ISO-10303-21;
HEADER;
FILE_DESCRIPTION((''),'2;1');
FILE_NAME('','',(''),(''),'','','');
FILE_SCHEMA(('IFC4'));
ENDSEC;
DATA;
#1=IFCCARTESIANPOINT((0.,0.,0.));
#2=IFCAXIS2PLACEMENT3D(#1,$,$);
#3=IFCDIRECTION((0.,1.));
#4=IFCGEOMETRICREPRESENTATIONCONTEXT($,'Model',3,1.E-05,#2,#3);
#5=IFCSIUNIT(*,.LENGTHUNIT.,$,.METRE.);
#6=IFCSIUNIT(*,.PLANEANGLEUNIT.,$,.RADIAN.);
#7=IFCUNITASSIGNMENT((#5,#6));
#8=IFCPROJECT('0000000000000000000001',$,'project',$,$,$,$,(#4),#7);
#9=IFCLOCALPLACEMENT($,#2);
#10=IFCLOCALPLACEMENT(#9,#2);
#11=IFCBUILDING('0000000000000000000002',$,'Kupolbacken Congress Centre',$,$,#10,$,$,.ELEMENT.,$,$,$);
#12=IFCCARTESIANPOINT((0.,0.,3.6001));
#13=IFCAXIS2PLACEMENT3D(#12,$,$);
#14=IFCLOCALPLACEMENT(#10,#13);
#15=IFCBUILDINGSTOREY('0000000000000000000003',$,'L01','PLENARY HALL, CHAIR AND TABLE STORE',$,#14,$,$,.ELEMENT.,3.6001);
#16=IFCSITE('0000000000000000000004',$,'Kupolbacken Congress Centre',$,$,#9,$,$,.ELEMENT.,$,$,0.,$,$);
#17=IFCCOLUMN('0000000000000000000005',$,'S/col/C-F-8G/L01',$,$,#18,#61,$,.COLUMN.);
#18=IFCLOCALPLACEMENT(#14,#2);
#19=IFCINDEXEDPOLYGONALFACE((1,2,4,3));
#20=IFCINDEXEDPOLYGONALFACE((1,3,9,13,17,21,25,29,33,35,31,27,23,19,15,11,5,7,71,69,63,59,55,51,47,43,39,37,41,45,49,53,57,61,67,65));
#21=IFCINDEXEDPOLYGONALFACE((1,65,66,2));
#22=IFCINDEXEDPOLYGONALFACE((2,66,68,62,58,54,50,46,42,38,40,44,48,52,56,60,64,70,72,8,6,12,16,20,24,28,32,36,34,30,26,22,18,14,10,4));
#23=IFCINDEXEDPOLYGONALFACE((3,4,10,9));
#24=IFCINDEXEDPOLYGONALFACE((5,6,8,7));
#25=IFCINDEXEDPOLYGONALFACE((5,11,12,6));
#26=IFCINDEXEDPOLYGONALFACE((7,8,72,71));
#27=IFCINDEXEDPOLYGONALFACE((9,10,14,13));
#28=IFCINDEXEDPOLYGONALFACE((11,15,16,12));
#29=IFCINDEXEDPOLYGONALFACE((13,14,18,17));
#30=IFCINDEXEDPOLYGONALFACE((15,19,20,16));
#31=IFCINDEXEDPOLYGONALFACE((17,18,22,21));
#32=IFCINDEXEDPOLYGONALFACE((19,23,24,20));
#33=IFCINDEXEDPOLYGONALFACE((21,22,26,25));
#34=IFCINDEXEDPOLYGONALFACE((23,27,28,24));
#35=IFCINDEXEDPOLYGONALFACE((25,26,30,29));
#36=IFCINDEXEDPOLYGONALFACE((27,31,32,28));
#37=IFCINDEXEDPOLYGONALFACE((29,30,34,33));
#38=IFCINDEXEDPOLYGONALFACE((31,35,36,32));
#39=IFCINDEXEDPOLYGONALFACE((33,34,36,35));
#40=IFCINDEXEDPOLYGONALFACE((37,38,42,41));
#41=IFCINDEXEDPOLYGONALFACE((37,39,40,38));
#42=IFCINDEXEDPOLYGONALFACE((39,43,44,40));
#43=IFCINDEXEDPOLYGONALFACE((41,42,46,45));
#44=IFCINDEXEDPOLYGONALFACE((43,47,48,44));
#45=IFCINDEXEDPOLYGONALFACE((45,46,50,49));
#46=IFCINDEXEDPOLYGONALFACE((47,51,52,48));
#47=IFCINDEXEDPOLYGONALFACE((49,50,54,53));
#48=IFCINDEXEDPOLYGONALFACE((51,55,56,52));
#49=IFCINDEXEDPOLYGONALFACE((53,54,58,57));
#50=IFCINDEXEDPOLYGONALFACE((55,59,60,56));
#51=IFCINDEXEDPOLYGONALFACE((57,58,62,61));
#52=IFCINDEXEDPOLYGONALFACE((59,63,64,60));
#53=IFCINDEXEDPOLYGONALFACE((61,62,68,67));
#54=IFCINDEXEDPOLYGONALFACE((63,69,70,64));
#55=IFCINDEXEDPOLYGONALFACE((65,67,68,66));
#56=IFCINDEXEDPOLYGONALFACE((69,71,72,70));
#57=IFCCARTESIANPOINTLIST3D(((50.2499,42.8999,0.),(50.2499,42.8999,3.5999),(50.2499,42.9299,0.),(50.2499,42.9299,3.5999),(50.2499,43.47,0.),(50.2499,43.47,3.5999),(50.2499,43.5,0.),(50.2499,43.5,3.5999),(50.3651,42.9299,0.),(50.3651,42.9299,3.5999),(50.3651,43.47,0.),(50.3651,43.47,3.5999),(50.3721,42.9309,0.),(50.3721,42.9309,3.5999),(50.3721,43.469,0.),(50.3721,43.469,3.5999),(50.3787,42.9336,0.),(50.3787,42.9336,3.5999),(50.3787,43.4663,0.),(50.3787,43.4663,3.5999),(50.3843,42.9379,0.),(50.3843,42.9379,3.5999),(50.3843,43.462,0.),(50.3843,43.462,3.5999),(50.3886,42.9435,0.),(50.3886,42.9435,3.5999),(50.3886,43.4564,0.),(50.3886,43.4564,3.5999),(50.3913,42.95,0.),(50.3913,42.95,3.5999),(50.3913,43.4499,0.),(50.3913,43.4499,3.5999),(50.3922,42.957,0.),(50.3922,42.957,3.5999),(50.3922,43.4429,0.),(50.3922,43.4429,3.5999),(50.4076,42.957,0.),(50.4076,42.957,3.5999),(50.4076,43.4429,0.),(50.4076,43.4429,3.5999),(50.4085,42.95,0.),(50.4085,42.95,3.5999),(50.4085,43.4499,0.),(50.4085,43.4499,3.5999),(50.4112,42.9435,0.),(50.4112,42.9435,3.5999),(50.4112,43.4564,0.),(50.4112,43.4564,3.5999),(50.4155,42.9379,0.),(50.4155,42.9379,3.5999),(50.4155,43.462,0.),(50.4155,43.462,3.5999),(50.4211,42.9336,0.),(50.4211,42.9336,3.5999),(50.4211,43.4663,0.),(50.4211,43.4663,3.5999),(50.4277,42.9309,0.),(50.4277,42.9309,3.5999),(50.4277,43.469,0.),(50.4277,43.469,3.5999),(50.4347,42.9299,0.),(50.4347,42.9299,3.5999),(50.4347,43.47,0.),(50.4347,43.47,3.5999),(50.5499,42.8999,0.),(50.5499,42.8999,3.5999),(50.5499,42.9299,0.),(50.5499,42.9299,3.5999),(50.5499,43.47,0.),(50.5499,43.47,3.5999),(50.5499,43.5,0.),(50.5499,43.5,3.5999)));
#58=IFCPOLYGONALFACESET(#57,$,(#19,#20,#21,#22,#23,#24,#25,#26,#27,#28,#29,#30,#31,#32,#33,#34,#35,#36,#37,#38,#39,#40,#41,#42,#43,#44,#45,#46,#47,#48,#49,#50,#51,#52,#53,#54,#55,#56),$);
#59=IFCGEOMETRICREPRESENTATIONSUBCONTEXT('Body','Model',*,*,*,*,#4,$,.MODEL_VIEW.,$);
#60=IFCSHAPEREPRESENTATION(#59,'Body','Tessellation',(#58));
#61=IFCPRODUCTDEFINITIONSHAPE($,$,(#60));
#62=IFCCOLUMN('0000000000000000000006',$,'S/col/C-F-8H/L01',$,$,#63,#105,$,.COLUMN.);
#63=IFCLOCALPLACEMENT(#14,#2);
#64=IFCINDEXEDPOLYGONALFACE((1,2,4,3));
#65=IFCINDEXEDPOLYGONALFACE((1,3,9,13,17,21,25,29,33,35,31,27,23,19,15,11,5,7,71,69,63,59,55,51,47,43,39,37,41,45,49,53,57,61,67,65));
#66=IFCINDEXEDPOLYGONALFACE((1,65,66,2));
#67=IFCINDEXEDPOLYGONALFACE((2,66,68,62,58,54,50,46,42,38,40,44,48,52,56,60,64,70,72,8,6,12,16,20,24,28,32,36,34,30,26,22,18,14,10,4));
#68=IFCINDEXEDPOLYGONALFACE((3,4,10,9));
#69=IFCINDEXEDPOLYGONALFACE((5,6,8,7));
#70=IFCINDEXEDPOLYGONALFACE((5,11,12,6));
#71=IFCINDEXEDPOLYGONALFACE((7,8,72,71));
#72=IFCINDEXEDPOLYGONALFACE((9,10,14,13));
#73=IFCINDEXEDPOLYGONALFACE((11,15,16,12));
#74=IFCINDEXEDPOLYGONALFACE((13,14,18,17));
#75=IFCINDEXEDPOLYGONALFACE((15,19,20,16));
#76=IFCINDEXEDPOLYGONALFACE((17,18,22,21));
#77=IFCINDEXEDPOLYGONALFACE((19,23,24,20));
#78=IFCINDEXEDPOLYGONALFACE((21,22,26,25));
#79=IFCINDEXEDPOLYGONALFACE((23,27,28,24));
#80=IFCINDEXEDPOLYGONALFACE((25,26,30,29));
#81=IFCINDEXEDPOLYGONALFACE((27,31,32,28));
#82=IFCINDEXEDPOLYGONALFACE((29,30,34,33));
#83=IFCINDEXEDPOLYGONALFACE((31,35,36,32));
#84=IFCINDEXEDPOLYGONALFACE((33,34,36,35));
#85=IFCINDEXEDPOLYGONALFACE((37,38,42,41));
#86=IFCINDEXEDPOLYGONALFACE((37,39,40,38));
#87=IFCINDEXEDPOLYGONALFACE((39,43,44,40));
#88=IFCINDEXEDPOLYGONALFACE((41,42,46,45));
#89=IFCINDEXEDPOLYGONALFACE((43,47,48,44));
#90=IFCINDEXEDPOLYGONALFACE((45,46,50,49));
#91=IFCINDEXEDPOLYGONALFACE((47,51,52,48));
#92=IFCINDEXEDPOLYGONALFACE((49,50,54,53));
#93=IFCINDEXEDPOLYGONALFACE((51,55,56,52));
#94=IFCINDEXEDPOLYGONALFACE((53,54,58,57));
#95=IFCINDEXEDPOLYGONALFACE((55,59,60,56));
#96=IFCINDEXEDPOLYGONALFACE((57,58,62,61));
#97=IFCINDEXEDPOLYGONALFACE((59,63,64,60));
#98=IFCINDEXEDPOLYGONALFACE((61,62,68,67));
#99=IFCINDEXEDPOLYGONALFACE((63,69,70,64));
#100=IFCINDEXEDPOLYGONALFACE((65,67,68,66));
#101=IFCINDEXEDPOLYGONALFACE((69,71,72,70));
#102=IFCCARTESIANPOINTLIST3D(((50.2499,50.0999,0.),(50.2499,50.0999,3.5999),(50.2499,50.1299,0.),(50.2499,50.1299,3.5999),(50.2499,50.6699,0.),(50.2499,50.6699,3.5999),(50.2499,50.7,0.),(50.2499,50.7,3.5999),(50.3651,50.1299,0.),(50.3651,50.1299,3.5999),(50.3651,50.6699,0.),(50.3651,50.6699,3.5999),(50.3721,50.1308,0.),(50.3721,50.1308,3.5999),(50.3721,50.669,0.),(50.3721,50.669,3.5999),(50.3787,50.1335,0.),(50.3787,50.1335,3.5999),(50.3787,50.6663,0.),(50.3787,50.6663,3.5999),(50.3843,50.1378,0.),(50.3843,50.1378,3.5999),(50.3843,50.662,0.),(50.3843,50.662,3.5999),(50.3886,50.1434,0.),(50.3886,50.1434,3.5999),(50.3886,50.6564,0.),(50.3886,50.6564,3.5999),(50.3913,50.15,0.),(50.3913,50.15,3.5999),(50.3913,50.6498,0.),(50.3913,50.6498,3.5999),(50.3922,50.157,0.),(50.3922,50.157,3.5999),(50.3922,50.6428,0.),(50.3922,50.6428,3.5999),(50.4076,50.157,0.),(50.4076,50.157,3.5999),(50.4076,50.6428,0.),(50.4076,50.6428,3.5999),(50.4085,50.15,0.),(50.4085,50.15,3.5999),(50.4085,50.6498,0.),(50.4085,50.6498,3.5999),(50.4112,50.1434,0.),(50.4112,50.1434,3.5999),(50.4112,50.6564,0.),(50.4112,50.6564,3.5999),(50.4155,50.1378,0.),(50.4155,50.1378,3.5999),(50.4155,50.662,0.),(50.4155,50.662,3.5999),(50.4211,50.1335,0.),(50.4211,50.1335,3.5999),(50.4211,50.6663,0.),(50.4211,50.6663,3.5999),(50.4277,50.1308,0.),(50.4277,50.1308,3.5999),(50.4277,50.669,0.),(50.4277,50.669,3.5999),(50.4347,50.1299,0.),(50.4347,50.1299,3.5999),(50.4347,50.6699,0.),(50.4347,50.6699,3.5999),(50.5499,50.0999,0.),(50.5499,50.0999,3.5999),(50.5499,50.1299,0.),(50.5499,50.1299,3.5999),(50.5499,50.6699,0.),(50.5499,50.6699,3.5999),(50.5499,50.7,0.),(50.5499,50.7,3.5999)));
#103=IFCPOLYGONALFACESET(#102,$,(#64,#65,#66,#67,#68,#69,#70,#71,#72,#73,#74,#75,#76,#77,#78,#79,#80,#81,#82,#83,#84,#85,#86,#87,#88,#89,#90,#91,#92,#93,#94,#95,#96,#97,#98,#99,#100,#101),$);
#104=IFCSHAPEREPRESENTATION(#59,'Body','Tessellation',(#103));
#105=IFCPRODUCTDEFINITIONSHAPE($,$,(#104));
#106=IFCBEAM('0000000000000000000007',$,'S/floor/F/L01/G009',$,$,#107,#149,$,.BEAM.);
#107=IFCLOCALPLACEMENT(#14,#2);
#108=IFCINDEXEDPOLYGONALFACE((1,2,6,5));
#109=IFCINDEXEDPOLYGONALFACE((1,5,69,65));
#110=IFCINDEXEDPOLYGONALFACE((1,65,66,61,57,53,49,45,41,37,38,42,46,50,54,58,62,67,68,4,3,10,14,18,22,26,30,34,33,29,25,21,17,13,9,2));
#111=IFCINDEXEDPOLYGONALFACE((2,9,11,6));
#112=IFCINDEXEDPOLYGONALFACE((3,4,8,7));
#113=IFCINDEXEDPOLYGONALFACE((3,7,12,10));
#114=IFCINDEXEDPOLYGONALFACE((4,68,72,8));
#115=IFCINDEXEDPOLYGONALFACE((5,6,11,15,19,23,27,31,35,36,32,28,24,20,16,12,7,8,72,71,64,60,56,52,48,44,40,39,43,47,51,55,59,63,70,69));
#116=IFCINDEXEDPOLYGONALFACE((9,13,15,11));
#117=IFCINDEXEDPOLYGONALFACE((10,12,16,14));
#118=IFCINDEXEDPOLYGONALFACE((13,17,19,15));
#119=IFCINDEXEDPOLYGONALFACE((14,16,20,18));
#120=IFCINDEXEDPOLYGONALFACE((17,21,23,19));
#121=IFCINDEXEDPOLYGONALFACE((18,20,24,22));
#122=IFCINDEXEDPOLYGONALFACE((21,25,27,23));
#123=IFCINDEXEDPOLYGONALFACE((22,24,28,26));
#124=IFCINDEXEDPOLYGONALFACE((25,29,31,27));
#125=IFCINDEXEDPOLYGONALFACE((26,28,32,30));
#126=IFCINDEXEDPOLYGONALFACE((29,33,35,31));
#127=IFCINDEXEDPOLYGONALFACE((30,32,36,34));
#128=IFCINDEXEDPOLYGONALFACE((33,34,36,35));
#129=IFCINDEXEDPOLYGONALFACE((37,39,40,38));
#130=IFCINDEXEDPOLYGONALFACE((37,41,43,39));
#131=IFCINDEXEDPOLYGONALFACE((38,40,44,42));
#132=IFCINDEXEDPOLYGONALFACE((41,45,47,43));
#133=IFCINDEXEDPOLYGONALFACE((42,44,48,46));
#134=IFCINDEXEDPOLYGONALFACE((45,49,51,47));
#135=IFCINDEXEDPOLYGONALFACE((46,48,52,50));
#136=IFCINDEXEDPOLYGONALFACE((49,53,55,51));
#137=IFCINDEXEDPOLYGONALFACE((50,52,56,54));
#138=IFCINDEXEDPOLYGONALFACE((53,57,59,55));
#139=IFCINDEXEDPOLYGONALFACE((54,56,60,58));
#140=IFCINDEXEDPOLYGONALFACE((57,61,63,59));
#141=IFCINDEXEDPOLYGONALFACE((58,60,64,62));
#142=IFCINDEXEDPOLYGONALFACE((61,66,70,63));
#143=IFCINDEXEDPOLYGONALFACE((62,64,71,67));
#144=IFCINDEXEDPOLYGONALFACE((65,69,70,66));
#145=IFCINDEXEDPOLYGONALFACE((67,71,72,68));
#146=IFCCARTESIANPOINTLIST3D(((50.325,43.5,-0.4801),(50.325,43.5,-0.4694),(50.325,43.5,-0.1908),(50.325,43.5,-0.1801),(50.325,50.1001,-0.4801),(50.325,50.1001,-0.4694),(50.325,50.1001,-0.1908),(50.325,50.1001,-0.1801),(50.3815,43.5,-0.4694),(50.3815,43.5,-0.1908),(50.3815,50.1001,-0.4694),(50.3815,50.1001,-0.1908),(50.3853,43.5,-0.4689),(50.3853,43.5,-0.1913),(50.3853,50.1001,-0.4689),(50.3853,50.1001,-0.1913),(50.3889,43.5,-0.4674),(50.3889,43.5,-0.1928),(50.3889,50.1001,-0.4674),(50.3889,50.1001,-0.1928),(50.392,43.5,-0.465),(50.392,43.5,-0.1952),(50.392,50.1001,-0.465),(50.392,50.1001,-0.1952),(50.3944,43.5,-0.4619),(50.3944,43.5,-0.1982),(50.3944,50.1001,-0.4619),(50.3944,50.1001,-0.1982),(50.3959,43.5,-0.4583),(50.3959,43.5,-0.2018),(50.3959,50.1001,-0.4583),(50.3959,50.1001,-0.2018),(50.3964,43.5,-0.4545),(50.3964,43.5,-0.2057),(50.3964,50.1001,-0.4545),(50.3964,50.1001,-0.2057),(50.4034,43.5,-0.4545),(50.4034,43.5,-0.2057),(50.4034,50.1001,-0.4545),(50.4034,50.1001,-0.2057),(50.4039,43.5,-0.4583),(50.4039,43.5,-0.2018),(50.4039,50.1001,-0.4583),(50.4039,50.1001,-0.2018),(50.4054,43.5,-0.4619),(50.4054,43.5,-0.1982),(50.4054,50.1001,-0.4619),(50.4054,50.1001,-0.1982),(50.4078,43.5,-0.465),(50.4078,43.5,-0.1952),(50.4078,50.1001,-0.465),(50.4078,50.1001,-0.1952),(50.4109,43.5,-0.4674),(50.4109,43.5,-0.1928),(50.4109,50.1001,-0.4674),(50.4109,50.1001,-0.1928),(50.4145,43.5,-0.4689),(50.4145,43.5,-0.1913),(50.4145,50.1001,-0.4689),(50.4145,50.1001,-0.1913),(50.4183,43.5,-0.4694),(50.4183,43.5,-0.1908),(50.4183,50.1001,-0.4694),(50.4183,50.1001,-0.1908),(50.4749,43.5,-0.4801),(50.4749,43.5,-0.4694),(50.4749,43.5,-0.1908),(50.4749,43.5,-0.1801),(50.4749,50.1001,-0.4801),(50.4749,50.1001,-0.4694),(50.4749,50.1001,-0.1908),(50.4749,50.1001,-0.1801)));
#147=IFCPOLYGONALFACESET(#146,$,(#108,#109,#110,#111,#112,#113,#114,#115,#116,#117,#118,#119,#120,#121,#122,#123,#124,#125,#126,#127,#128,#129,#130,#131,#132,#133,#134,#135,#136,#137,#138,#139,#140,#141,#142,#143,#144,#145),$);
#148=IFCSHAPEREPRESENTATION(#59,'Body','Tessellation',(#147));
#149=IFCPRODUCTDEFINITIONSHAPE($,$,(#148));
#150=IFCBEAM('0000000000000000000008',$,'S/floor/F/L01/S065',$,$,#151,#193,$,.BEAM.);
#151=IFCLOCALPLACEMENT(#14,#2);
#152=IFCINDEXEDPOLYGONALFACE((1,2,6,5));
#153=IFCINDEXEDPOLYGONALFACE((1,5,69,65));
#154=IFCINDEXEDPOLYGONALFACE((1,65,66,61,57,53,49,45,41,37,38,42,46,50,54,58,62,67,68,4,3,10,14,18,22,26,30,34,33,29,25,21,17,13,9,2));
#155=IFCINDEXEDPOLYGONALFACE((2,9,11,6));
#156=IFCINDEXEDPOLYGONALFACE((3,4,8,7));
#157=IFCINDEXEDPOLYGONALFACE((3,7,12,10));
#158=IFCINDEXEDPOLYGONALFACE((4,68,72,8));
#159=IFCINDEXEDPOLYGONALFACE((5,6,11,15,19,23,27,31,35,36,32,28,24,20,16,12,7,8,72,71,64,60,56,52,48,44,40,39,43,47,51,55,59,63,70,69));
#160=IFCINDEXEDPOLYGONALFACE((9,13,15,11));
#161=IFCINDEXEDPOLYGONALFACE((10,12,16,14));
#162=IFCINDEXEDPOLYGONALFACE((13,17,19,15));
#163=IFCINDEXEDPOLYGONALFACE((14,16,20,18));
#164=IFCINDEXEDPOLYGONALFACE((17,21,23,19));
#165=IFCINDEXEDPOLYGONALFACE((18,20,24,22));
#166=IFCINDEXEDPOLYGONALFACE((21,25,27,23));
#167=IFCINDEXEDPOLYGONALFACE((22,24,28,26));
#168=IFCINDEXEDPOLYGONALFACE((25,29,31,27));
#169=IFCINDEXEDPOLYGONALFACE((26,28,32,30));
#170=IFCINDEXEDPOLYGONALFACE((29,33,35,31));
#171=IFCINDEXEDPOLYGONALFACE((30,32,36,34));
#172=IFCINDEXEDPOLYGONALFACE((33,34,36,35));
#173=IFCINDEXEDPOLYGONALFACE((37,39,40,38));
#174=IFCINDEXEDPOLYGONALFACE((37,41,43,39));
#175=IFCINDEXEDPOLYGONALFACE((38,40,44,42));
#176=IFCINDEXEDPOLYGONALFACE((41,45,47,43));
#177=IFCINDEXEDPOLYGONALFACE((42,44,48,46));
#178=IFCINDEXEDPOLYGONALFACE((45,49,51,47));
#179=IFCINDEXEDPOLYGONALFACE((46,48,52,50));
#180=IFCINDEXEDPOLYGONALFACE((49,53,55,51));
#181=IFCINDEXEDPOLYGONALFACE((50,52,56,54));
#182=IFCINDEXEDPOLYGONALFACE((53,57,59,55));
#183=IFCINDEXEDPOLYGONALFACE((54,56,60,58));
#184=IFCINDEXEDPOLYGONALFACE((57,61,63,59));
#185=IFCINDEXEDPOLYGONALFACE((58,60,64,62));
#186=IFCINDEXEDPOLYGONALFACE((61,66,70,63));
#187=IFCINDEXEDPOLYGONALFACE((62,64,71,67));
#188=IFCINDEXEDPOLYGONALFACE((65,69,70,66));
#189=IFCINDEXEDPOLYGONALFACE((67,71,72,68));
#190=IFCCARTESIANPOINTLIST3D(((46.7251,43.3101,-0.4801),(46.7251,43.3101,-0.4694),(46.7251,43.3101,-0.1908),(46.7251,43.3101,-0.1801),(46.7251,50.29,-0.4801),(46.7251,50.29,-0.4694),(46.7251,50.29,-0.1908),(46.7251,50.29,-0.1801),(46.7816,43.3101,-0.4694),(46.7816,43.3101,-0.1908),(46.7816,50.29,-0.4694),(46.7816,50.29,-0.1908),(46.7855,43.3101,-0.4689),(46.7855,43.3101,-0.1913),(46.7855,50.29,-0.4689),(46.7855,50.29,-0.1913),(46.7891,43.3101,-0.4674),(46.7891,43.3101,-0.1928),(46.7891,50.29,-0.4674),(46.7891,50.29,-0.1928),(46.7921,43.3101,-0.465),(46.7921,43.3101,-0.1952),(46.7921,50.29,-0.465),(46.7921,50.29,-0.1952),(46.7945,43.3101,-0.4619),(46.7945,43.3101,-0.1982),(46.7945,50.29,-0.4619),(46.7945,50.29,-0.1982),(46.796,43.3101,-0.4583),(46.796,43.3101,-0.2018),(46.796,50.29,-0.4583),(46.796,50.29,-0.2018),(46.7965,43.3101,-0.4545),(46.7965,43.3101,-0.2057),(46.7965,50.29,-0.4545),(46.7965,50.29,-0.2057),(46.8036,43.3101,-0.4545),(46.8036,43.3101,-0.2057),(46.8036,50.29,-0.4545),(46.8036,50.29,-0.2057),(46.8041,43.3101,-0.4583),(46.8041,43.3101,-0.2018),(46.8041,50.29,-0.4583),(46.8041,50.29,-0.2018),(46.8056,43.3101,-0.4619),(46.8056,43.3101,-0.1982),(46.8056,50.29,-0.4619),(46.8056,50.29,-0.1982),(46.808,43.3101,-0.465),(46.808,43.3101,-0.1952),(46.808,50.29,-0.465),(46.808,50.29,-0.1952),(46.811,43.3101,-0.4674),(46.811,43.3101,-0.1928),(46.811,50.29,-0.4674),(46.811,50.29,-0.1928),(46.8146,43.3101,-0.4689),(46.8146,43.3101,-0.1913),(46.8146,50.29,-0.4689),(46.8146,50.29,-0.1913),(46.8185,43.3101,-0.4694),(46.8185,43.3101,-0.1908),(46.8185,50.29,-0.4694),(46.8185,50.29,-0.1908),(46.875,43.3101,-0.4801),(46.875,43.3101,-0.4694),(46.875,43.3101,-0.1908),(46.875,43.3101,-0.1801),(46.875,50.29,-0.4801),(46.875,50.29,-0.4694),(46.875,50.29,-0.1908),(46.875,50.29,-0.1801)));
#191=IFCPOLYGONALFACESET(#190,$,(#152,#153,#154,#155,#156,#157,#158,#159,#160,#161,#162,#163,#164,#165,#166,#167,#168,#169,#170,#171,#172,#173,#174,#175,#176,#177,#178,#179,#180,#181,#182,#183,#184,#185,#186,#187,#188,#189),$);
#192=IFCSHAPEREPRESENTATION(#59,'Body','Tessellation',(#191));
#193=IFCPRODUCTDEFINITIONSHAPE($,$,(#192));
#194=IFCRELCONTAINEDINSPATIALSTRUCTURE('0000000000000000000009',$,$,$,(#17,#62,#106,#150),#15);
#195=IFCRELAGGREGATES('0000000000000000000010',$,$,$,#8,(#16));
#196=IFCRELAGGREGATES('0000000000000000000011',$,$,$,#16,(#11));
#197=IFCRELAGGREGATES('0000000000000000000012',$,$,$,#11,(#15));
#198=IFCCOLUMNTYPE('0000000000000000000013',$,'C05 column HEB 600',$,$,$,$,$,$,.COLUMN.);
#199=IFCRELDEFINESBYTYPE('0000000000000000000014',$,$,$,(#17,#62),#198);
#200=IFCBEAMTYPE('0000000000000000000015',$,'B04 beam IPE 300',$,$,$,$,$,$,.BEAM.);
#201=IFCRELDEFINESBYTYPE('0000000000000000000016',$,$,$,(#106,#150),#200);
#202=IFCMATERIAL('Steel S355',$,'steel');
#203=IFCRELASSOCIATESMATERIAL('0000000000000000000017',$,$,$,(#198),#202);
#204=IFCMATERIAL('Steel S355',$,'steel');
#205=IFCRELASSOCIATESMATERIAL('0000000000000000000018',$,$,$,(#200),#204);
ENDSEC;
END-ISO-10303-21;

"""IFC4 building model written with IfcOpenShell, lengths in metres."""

from ifc_helpers import new_model, si_unit, direction, frame, origin, origin_2d, place, context, subcontext, project, spatial, i_section, extrude, material, material_profile, profile_set, type_object, element, save


model = new_model("IFC4")

# Units and contexts
model_context = context("Model", 3, precision=1e-05, world=origin(), true_north=direction((0.0, 1.0)))
body_context = subcontext(model_context, "Body", "Model", "MODEL_VIEW")
ifc_project = project(units=[si_unit("LENGTHUNIT", "METRE"), si_unit("PLANEANGLEUNIT", "RADIAN")], contexts=[model_context])

# Site, building, storey
site_placement = place(None, origin())
site = spatial("IfcSite", under=ifc_project, at=site_placement, Name="Kupolbacken Congress Centre", CompositionType="ELEMENT", RefElevation=0.0)
building_placement = place(site_placement, origin())
building = spatial("IfcBuilding", under=site, at=building_placement, Name="Kupolbacken Congress Centre", CompositionType="ELEMENT")
storey_placement = place(building_placement, frame((0.0, 0.0, 3.6001)))
storey = spatial("IfcBuildingStorey", under=building, at=storey_placement, Name="L01", Description="PLENARY HALL, CHAIR AND TABLE STORE", CompositionType="ELEMENT", Elevation=3.6001)

# Columns
ifc_material_1 = material(Name="Steel S355", Category="steel")
ifc_material_profile_1 = material_profile(ifc_material_1, i_section(OverallWidth=0.3, OverallDepth=0.6001, WebThickness=0.0154, FlangeThickness=0.03, FilletRadius=0.0271, at=origin_2d()), Name="HEB 600")
ifc_profile_set_1 = profile_set([ifc_material_profile_1], Name="Steel S355")
column_type = type_object("IfcColumnType", Name="C05 column HEB 600", PredefinedType="COLUMN", material=ifc_profile_set_1)
for number, where, z_axis, x_axis, name in (
    (1, (50.3999, 43.2, 0.0), (0.0, 0.0, 1.0), (1.0, 0.0, 0.0), "S/col/C-F-8G/L01"),
    (2, (50.3999, 50.3999, 0.0), (0.0, 0.0, 1.0), (1.0, 0.0, 0.0), "S/col/C-F-8H/L01"),
):
    element("IfcColumn", number, at=place(storey_placement, frame(where, z_axis=z_axis, x_axis=x_axis)), inside=storey, type_object=column_type, Name=name, PredefinedType="COLUMN", context=body_context, shape_type="SweptSolid", body=[
        extrude(i_section(OverallWidth=0.3, OverallDepth=0.6001, WebThickness=0.0154, FlangeThickness=0.03, FilletRadius=0.0271, at=origin_2d()), origin(), (0.0, 0.0, 1.0), 3.5999),
    ])

# Beams
ifc_material_2 = material(Name="Steel S355", Category="steel")
ifc_material_profile_2 = material_profile(ifc_material_2, i_section(OverallWidth=0.1499, OverallDepth=0.3, WebThickness=0.0071, FlangeThickness=0.0107, FilletRadius=0.0149, at=origin_2d()), Name="IPE 300")
ifc_profile_set_2 = profile_set([ifc_material_profile_2], Name="Steel S355")
beam_type_1 = type_object("IfcBeamType", Name="B04 beam IPE 300", PredefinedType="BEAM", material=ifc_profile_set_2)
beam_1_placement = place(storey_placement, frame((50.3999, 43.5, -0.3301), z_axis=(0.0, 1.0, 0.0), x_axis=(-1.0, 0.0, 0.0)))
element("IfcBeam", 3, at=beam_1_placement, inside=storey, type_object=beam_type_1, Name="S/floor/F/L01/G009", PredefinedType="BEAM", context=body_context, shape_type="SweptSolid", body=[
    extrude(i_section(OverallWidth=0.1499, OverallDepth=0.3, WebThickness=0.0071, FlangeThickness=0.0107, FilletRadius=0.0149, at=origin_2d()), origin(), (0.0, 0.0, 1.0), 6.6001),
])
for number, where, z_axis, x_axis, name in (
    (4, (46.8, 43.3101, -0.3301), (0.0, 1.0, 0.0), (-1.0, 0.0, 0.0), "S/floor/F/L01/S065"),
):
    element("IfcBeam", number, at=place(storey_placement, frame(where, z_axis=z_axis, x_axis=x_axis)), inside=storey, type_object=beam_type_1, Name=name, PredefinedType="BEAM", context=body_context, shape_type="SweptSolid", body=[
        extrude(i_section(OverallWidth=0.1499, OverallDepth=0.3, WebThickness=0.0071, FlangeThickness=0.0107, FilletRadius=0.0149, at=origin_2d()), origin(), (0.0, 0.0, 1.0), 6.98),
    ])

save(model, "model.ifc")
